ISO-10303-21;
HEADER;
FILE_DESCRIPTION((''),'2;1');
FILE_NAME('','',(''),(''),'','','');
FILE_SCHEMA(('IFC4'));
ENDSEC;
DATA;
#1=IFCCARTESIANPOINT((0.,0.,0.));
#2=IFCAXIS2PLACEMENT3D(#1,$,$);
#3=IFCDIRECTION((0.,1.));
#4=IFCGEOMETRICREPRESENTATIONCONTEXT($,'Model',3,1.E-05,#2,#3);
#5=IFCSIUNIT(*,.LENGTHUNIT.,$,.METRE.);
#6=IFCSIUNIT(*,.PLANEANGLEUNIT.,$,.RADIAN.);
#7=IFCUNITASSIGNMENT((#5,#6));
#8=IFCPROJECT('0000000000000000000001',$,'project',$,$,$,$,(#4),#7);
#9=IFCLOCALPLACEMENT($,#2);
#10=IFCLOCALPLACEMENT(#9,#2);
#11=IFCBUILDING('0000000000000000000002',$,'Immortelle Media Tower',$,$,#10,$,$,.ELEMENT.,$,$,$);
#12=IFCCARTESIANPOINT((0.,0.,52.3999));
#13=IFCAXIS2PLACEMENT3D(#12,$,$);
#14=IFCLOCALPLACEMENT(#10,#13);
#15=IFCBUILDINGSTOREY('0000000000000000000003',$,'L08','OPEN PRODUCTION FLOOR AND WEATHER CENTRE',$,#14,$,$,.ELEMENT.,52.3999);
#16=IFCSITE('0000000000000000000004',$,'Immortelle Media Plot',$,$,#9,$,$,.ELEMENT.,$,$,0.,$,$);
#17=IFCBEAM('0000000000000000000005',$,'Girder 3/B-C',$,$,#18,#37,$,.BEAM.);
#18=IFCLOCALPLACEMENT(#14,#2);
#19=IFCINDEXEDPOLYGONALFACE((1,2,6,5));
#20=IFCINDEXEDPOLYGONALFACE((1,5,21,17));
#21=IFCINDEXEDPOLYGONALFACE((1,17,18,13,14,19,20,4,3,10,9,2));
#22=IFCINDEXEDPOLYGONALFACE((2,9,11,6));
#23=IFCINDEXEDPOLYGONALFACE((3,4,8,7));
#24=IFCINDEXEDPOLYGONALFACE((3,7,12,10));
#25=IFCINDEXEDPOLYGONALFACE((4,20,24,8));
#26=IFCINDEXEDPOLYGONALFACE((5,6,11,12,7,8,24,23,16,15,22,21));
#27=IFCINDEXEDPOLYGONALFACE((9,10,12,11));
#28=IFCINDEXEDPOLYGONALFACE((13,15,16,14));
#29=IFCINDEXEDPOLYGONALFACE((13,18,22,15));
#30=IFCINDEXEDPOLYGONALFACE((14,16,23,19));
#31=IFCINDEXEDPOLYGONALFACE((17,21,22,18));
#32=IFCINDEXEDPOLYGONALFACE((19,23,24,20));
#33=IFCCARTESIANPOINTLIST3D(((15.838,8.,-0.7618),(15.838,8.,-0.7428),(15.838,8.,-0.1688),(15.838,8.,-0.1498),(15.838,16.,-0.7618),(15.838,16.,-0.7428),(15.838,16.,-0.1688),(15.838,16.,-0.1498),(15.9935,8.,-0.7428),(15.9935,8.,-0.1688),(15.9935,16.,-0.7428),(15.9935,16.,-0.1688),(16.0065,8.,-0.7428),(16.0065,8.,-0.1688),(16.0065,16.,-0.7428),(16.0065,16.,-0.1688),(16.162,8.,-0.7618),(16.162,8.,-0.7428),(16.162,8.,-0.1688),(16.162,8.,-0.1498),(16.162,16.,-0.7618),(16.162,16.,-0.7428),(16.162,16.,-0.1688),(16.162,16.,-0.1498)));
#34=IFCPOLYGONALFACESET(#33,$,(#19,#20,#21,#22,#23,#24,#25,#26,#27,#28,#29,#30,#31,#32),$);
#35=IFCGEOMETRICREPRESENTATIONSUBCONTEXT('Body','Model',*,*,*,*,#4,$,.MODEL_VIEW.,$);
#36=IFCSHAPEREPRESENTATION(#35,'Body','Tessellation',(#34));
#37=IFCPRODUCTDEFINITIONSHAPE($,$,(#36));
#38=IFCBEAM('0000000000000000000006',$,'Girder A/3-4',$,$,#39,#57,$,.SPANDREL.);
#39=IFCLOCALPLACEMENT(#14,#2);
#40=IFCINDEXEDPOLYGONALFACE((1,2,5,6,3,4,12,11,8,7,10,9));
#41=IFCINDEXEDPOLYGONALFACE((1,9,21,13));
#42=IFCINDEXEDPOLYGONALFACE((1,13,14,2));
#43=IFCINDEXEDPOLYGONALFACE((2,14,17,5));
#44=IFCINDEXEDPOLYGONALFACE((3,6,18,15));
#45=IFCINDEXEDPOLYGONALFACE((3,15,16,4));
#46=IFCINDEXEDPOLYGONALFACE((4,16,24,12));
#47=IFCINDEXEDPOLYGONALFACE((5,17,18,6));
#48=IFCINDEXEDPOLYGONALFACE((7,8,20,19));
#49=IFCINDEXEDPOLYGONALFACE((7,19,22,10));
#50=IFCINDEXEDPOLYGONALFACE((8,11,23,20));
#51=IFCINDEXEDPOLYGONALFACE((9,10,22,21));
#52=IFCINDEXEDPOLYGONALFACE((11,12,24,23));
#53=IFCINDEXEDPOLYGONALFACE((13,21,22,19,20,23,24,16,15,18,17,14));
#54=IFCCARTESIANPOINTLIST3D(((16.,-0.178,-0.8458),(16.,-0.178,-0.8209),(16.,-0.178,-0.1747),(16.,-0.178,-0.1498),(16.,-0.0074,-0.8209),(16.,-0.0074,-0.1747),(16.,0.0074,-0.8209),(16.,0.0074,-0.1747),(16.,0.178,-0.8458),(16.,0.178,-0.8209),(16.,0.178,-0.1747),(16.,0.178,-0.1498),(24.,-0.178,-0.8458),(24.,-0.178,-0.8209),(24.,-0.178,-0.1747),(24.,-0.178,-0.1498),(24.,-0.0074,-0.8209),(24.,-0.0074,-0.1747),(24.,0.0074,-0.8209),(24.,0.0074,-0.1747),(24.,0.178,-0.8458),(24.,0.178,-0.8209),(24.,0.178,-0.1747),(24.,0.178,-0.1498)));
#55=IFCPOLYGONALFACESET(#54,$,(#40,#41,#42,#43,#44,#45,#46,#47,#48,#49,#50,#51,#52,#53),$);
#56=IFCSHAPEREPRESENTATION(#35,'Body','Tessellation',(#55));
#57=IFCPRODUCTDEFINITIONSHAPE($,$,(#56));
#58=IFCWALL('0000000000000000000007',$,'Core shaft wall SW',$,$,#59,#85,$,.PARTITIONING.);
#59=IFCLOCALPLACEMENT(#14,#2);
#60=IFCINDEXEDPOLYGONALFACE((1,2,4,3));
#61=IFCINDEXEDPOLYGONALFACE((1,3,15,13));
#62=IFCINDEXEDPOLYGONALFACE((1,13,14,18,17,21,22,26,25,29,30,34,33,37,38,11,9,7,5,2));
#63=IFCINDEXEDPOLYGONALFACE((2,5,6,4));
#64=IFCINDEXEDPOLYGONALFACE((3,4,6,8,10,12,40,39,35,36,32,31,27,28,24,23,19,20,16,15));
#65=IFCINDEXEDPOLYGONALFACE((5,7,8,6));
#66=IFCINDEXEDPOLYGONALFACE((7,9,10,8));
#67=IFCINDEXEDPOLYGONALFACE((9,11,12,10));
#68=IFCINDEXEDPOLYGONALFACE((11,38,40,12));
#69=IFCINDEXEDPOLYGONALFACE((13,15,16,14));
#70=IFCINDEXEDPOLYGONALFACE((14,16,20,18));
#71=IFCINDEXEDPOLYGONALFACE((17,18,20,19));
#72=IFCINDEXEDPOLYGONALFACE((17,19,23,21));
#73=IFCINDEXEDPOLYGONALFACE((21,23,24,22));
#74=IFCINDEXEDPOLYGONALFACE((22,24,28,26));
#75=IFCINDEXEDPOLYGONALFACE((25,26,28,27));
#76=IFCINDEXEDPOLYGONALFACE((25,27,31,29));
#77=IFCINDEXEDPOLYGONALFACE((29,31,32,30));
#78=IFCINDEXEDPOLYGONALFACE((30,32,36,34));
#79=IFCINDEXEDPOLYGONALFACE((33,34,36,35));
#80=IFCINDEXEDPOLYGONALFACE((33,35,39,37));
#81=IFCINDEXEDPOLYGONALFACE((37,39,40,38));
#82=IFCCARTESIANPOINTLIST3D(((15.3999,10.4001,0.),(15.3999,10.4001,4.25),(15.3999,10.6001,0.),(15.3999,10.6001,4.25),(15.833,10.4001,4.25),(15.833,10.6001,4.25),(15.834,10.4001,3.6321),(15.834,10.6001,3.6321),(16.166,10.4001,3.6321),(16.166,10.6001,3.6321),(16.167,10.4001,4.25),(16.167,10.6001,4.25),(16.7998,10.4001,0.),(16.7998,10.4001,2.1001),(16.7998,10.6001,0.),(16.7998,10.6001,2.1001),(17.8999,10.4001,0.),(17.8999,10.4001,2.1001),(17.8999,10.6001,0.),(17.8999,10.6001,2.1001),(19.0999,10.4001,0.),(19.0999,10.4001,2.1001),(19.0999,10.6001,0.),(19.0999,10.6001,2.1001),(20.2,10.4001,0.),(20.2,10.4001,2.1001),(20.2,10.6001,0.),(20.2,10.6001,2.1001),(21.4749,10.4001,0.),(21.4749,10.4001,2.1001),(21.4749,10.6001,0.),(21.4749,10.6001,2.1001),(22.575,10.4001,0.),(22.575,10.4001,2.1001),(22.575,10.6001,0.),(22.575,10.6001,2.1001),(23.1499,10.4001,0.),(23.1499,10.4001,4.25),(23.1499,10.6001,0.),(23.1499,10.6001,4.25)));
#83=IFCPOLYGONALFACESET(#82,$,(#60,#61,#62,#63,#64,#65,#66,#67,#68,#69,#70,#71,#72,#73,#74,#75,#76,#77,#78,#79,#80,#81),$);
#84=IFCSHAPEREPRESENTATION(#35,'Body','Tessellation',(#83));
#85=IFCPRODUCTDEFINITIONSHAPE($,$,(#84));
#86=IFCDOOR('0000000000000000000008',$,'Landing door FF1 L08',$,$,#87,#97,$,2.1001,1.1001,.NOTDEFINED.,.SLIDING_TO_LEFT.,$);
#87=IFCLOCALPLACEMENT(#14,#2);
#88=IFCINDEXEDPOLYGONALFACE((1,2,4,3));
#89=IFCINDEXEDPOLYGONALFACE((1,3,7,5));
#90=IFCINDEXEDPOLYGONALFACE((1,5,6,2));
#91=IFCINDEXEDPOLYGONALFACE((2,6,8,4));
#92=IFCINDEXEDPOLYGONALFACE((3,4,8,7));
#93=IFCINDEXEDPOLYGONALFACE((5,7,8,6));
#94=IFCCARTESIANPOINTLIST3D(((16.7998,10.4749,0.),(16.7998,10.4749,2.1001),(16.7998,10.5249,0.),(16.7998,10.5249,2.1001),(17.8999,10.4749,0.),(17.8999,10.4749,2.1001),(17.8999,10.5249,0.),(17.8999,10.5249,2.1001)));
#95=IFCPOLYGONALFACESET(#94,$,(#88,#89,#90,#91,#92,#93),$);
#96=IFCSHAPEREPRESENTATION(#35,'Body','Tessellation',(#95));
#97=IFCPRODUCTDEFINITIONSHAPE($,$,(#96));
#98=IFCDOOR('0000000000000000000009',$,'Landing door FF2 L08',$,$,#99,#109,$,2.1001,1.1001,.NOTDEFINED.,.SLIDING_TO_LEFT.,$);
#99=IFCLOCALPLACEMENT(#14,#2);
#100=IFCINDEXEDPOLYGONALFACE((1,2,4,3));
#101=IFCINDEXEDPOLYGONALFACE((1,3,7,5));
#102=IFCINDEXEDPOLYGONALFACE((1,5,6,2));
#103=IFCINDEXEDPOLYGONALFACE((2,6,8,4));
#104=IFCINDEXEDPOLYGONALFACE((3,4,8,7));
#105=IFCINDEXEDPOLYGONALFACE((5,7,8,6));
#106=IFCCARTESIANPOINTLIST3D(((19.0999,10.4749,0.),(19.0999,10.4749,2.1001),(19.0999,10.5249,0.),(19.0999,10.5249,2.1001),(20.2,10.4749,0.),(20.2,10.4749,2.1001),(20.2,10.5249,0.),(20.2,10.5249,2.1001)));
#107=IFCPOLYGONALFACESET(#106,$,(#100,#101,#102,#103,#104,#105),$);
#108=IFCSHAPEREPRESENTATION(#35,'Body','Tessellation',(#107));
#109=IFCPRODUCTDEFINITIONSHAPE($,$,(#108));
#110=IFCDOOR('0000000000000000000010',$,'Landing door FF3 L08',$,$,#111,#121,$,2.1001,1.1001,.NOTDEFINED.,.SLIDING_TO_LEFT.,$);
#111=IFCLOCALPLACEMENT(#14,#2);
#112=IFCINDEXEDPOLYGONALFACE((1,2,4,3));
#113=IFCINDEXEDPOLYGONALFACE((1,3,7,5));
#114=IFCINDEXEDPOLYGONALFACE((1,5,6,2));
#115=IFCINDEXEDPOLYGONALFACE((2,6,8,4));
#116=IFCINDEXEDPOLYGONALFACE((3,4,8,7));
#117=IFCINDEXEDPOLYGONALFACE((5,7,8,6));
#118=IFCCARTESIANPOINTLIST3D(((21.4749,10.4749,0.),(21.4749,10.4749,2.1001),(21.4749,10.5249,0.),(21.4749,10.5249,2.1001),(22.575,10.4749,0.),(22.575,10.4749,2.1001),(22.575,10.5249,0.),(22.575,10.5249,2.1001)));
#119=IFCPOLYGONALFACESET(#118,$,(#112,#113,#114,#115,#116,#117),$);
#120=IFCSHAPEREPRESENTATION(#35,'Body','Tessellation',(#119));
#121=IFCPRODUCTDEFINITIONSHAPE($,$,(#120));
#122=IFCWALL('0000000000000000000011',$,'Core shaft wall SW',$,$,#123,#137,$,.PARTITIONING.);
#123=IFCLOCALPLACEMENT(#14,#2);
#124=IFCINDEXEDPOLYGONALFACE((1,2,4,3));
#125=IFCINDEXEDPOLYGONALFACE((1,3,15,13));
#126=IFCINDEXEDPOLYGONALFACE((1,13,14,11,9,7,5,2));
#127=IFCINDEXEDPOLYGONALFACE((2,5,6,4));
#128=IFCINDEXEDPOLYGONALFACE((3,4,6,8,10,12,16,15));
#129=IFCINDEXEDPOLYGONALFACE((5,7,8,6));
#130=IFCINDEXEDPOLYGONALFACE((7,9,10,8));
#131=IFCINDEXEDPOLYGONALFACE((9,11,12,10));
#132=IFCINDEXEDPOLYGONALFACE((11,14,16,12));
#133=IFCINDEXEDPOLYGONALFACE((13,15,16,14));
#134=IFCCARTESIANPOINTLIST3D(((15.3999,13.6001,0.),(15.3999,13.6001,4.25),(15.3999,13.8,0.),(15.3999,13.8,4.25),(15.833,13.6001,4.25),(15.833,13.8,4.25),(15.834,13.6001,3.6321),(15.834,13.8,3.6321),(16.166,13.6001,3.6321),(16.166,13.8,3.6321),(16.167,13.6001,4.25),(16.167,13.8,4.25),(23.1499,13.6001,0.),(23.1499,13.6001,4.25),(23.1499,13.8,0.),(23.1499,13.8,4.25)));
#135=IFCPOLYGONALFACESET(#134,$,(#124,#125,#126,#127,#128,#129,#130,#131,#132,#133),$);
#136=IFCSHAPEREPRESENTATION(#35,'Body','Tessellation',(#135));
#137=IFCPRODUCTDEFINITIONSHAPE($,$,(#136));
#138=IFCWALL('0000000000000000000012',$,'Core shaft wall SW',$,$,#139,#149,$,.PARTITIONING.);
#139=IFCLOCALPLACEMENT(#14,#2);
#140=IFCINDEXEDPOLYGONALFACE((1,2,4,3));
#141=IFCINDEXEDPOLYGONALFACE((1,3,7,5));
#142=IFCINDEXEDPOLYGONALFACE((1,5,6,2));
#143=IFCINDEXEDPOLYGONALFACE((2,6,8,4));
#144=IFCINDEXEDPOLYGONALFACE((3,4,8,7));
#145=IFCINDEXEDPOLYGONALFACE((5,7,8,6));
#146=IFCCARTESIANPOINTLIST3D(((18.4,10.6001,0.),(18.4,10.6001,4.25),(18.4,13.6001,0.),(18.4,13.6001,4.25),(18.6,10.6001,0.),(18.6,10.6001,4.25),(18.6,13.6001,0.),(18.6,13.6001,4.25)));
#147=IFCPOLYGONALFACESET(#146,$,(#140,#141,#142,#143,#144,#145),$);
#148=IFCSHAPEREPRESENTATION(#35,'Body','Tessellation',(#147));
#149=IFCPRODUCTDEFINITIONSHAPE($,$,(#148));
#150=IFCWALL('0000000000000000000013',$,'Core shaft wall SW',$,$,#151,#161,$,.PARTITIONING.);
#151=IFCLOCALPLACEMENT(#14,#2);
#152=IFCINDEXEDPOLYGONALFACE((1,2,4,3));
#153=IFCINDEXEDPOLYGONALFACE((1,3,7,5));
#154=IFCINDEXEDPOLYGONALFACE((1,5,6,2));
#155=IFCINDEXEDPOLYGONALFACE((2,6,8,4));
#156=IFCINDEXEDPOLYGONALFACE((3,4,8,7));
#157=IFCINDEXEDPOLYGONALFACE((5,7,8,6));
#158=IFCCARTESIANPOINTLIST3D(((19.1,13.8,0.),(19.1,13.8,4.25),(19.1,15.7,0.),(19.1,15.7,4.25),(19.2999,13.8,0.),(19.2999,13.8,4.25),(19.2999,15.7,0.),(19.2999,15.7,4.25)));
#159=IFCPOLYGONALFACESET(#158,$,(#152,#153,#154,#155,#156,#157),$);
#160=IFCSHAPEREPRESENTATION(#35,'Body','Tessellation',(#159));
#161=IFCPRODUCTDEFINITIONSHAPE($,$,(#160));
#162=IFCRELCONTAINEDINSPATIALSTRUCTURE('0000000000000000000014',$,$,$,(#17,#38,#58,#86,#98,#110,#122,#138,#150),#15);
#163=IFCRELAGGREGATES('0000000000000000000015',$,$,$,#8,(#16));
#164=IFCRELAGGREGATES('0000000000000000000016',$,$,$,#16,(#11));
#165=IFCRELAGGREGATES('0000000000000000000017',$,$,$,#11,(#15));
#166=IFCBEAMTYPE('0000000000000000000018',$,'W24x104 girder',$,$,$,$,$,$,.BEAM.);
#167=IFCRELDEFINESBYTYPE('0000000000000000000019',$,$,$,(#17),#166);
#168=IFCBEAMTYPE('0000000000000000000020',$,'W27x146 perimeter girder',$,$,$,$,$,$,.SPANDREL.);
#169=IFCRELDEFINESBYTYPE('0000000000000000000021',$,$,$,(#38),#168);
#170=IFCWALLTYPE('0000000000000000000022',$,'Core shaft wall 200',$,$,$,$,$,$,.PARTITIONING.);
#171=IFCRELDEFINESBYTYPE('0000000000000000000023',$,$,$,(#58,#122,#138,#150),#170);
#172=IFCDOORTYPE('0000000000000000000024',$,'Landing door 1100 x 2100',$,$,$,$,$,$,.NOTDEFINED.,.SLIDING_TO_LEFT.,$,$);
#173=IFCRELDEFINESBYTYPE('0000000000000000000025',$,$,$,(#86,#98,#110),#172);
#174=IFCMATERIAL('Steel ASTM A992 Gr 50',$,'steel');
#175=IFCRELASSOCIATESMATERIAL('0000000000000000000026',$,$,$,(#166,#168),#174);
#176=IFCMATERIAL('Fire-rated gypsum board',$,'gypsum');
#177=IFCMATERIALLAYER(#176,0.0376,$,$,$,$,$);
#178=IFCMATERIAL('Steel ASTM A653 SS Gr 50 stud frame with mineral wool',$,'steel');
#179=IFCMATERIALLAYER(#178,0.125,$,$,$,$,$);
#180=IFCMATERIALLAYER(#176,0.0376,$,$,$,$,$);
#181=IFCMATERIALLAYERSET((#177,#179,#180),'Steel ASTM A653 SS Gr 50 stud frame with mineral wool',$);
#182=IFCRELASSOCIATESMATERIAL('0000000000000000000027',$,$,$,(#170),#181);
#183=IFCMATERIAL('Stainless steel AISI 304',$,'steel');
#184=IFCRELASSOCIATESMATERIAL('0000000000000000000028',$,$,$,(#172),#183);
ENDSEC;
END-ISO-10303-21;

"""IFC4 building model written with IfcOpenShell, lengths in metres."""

from ifc_helpers import new_model, si_unit, direction, frame, frame_2d, origin, origin_2d, place, context, subcontext, project, spatial, polyline, rectangle, i_section, outline, extrude, material, layer, layer_set, material_profile, profile_set, type_object, element, fill, save


model = new_model("IFC4")

# Units and contexts
model_context = context("Model", 3, precision=1e-05, world=origin(), true_north=direction((0.0, 1.0)))
body_context = subcontext(model_context, "Body", "Model", "MODEL_VIEW")
ifc_project = project(units=[si_unit("LENGTHUNIT", "METRE"), si_unit("PLANEANGLEUNIT", "RADIAN")], contexts=[model_context])

# Site, building, storey
site_placement = place(None, origin())
site = spatial("IfcSite", under=ifc_project, at=site_placement, Name="Immortelle Media Plot", CompositionType="ELEMENT", RefElevation=0.0)
building_placement = place(site_placement, origin())
building = spatial("IfcBuilding", under=site, at=building_placement, Name="Immortelle Media Tower", CompositionType="ELEMENT")
storey_placement = place(building_placement, frame((0.0, 0.0, 52.3999)))
storey = spatial("IfcBuildingStorey", under=building, at=storey_placement, Name="L08", Description="OPEN PRODUCTION FLOOR AND WEATHER CENTRE", CompositionType="ELEMENT", Elevation=52.3999)

# Shared definitions
ifc_material_1 = material(Name="Steel ASTM A992 Gr 50", Category="steel")

# Beams
ifc_material_profile_1 = material_profile(ifc_material_1, i_section(OverallWidth=0.324, OverallDepth=0.6121, WebThickness=0.0129, FlangeThickness=0.019, at=origin_2d()), Name="W24x104")
ifc_profile_set_1 = profile_set([ifc_material_profile_1], Name="Steel ASTM A992 Gr 50")
beam_type_1 = type_object("IfcBeamType", Name="W24x104 girder", PredefinedType="BEAM", material=ifc_profile_set_1)
for number, where, z_axis, x_axis, name in (
    (1, (16.0, 8.0, -0.4558), (0.0, 1.0, 0.0), (-1.0, 0.0, 0.0), "Girder 3/B-C"),
):
    element("IfcBeam", number, at=place(storey_placement, frame(where, z_axis=z_axis, x_axis=x_axis)), inside=storey, type_object=beam_type_1, Name=name, PredefinedType="BEAM", context=body_context, shape_type="SweptSolid", body=[
        extrude(i_section(OverallWidth=0.324, OverallDepth=0.6121, WebThickness=0.0129, FlangeThickness=0.019, at=origin_2d()), origin(), (0.0, 0.0, 1.0), 8.0),
    ])
ifc_material_profile_2 = material_profile(ifc_material_1, i_section(OverallWidth=0.356, OverallDepth=0.696, WebThickness=0.0149, FlangeThickness=0.0249, at=origin_2d()), Name="W27x146")
ifc_profile_set_2 = profile_set([ifc_material_profile_2], Name="Steel ASTM A992 Gr 50")
beam_type_2 = type_object("IfcBeamType", Name="W27x146 perimeter girder", PredefinedType="SPANDREL", material=ifc_profile_set_2)
beam_1_placement = place(storey_placement, frame((16.0, 0.0, -0.4978), z_axis=(1.0, 0.0, 0.0), x_axis=(0.0, 1.0, 0.0)))
element("IfcBeam", 2, at=beam_1_placement, inside=storey, type_object=beam_type_2, Name="Girder A/3-4", PredefinedType="SPANDREL", context=body_context, shape_type="SweptSolid", body=[
    extrude(i_section(OverallWidth=0.356, OverallDepth=0.696, WebThickness=0.0149, FlangeThickness=0.0249, at=origin_2d()), origin(), (0.0, 0.0, 1.0), 8.0),
])

# Wall, openings, doors
ifc_material_2 = material(Name="Fire-rated gypsum board", Category="gypsum")
ifc_layer_1 = layer(ifc_material_2, 0.0376)
ifc_material_3 = material(Name="Steel ASTM A653 SS Gr 50 stud frame with mineral wool", Category="steel")
ifc_layer_2 = layer(ifc_material_3, 0.125)
ifc_layer_3 = layer(ifc_material_2, 0.0376)
ifc_layer_set_1 = layer_set([ifc_layer_1, ifc_layer_2, ifc_layer_3], Name="Steel ASTM A653 SS Gr 50 stud frame with mineral wool")
wall_type_1 = type_object("IfcWallType", Name="Core shaft wall 200", PredefinedType="PARTITIONING", material=ifc_layer_set_1)
wall_1_placement = place(storey_placement, frame((15.3999, 10.5, 0.0), z_axis=(0.0, 0.0, 1.0), x_axis=(1.0, 0.0, 0.0)))
wall_1 = element("IfcWall", 3, at=wall_1_placement, inside=storey, type_object=wall_type_1, Name="Core shaft wall SW", PredefinedType="PARTITIONING", context=body_context, shape_type="SweptSolid", body=[
    extrude(outline(polyline([(0.0, 0.0), (7.75, 0.0), (7.75, 4.25), (0.7671, 4.25), (0.7661, 3.6321), (0.4341, 3.6321), (0.4331, 4.25), (0.0, 4.25), (0.0, 0.0)])), frame((0.0, 0.1001, 0.0), z_axis=(0.0, -1.0, 0.0), x_axis=(1.0, 0.0, 0.0)), (0.0, 0.0, 1.0), 0.2),
])
opening_1_placement = place(wall_1_placement, frame((1.3999, 0.0, 0.0)))
opening_1 = element("IfcOpeningElement", 4, at=opening_1_placement, cuts=wall_1, PredefinedType="OPENING", context=body_context, shape_type="SweptSolid", body=[
    extrude(rectangle(XDim=1.1001, YDim=2.1001, at=frame_2d((0.55, 1.05))), frame((0.0, 0.1099, 0.0), z_axis=(0.0, -1.0, 0.0), x_axis=(1.0, 0.0, 0.0)), (0.0, 0.0, 1.0), 0.22),
])
opening_2_placement = place(wall_1_placement, frame((3.7, 0.0, 0.0)))
opening_2 = element("IfcOpeningElement", 5, at=opening_2_placement, cuts=wall_1, PredefinedType="OPENING", context=body_context, shape_type="SweptSolid", body=[
    extrude(rectangle(XDim=1.1001, YDim=2.1001, at=frame_2d((0.55, 1.05))), frame((0.0, 0.1099, 0.0), z_axis=(0.0, -1.0, 0.0), x_axis=(1.0, 0.0, 0.0)), (0.0, 0.0, 1.0), 0.22),
])
opening_3_placement = place(wall_1_placement, frame((6.075, 0.0, 0.0)))
opening_3 = element("IfcOpeningElement", 6, at=opening_3_placement, cuts=wall_1, PredefinedType="OPENING", context=body_context, shape_type="SweptSolid", body=[
    extrude(rectangle(XDim=1.1001, YDim=2.1001, at=frame_2d((0.55, 1.05))), frame((0.0, 0.1099, 0.0), z_axis=(0.0, -1.0, 0.0), x_axis=(1.0, 0.0, 0.0)), (0.0, 0.0, 1.0), 0.22),
])
ifc_material_4 = material(Name="Stainless steel AISI 304", Category="steel")
door_type_1 = type_object("IfcDoorType", Name="Landing door 1100 x 2100", OperationType="SLIDING_TO_LEFT", PredefinedType="NOTDEFINED", material=ifc_material_4)
door_1_placement = place(opening_1_placement, origin())
door_1 = element("IfcDoor", 7, at=door_1_placement, inside=storey, type_object=door_type_1, Name="Landing door FF1 L08", OperationType="SLIDING_TO_LEFT", OverallHeight=2.1001, OverallWidth=1.1001, PredefinedType="NOTDEFINED", context=body_context, shape_type="SweptSolid", body=[
    extrude(rectangle(XDim=1.1001, YDim=2.1001, at=frame_2d((0.55, 1.05))), frame((0.0, 0.0249, 0.0), z_axis=(0.0, -1.0, 0.0), x_axis=(1.0, 0.0, 0.0)), (0.0, 0.0, 1.0), 0.05),
])
fill(opening_1, door_1)
door_2_placement = place(opening_2_placement, origin())
door_2 = element("IfcDoor", 8, at=door_2_placement, inside=storey, type_object=door_type_1, Name="Landing door FF2 L08", OperationType="SLIDING_TO_LEFT", OverallHeight=2.1001, OverallWidth=1.1001, PredefinedType="NOTDEFINED", context=body_context, shape_type="SweptSolid", body=[
    extrude(rectangle(XDim=1.1001, YDim=2.1001, at=frame_2d((0.55, 1.05))), frame((0.0, 0.0249, 0.0), z_axis=(0.0, -1.0, 0.0), x_axis=(1.0, 0.0, 0.0)), (0.0, 0.0, 1.0), 0.05),
])
fill(opening_2, door_2)
door_3_placement = place(opening_3_placement, origin())
door_3 = element("IfcDoor", 9, at=door_3_placement, inside=storey, type_object=door_type_1, Name="Landing door FF3 L08", OperationType="SLIDING_TO_LEFT", OverallHeight=2.1001, OverallWidth=1.1001, PredefinedType="NOTDEFINED", context=body_context, shape_type="SweptSolid", body=[
    extrude(rectangle(XDim=1.1001, YDim=2.1001, at=frame_2d((0.55, 1.05))), frame((0.0, 0.0249, 0.0), z_axis=(0.0, -1.0, 0.0), x_axis=(1.0, 0.0, 0.0)), (0.0, 0.0, 1.0), 0.05),
])
fill(opening_3, door_3)

# Walls
wall_2_placement = place(storey_placement, frame((15.3999, 13.7, 0.0), z_axis=(0.0, 0.0, 1.0), x_axis=(1.0, 0.0, 0.0)))
element("IfcWall", 10, at=wall_2_placement, inside=storey, type_object=wall_type_1, Name="Core shaft wall SW", PredefinedType="PARTITIONING", context=body_context, shape_type="SweptSolid", body=[
    extrude(outline(polyline([(0.0, 0.0), (7.75, 0.0), (7.75, 4.25), (0.7671, 4.25), (0.7661, 3.6321), (0.4341, 3.6321), (0.4331, 4.25), (0.0, 4.25), (0.0, 0.0)])), frame((0.0, 0.1001, 0.0), z_axis=(0.0, -1.0, 0.0), x_axis=(1.0, 0.0, 0.0)), (0.0, 0.0, 1.0), 0.2),
])
wall_3_placement = place(storey_placement, frame((18.5, 10.6001, 0.0), z_axis=(0.0, 0.0, 1.0), x_axis=(0.0, 1.0, 0.0)))
element("IfcWall", 11, at=wall_3_placement, inside=storey, type_object=wall_type_1, Name="Core shaft wall SW", PredefinedType="PARTITIONING", context=body_context, shape_type="SweptSolid", body=[
    extrude(rectangle(XDim=3.0, YDim=0.2, at=frame_2d((1.5, 0.0))), origin(), (0.0, 0.0, 1.0), 4.25),
])
wall_4_placement = place(storey_placement, frame((19.2, 13.8, 0.0), z_axis=(0.0, 0.0, 1.0), x_axis=(0.0, 1.0, 0.0)))
element("IfcWall", 12, at=wall_4_placement, inside=storey, type_object=wall_type_1, Name="Core shaft wall SW", PredefinedType="PARTITIONING", context=body_context, shape_type="SweptSolid", body=[
    extrude(rectangle(XDim=1.8999, YDim=0.2, at=frame_2d((0.95, 0.0))), origin(), (0.0, 0.0, 1.0), 4.25),
])

save(model, "model.ifc")
